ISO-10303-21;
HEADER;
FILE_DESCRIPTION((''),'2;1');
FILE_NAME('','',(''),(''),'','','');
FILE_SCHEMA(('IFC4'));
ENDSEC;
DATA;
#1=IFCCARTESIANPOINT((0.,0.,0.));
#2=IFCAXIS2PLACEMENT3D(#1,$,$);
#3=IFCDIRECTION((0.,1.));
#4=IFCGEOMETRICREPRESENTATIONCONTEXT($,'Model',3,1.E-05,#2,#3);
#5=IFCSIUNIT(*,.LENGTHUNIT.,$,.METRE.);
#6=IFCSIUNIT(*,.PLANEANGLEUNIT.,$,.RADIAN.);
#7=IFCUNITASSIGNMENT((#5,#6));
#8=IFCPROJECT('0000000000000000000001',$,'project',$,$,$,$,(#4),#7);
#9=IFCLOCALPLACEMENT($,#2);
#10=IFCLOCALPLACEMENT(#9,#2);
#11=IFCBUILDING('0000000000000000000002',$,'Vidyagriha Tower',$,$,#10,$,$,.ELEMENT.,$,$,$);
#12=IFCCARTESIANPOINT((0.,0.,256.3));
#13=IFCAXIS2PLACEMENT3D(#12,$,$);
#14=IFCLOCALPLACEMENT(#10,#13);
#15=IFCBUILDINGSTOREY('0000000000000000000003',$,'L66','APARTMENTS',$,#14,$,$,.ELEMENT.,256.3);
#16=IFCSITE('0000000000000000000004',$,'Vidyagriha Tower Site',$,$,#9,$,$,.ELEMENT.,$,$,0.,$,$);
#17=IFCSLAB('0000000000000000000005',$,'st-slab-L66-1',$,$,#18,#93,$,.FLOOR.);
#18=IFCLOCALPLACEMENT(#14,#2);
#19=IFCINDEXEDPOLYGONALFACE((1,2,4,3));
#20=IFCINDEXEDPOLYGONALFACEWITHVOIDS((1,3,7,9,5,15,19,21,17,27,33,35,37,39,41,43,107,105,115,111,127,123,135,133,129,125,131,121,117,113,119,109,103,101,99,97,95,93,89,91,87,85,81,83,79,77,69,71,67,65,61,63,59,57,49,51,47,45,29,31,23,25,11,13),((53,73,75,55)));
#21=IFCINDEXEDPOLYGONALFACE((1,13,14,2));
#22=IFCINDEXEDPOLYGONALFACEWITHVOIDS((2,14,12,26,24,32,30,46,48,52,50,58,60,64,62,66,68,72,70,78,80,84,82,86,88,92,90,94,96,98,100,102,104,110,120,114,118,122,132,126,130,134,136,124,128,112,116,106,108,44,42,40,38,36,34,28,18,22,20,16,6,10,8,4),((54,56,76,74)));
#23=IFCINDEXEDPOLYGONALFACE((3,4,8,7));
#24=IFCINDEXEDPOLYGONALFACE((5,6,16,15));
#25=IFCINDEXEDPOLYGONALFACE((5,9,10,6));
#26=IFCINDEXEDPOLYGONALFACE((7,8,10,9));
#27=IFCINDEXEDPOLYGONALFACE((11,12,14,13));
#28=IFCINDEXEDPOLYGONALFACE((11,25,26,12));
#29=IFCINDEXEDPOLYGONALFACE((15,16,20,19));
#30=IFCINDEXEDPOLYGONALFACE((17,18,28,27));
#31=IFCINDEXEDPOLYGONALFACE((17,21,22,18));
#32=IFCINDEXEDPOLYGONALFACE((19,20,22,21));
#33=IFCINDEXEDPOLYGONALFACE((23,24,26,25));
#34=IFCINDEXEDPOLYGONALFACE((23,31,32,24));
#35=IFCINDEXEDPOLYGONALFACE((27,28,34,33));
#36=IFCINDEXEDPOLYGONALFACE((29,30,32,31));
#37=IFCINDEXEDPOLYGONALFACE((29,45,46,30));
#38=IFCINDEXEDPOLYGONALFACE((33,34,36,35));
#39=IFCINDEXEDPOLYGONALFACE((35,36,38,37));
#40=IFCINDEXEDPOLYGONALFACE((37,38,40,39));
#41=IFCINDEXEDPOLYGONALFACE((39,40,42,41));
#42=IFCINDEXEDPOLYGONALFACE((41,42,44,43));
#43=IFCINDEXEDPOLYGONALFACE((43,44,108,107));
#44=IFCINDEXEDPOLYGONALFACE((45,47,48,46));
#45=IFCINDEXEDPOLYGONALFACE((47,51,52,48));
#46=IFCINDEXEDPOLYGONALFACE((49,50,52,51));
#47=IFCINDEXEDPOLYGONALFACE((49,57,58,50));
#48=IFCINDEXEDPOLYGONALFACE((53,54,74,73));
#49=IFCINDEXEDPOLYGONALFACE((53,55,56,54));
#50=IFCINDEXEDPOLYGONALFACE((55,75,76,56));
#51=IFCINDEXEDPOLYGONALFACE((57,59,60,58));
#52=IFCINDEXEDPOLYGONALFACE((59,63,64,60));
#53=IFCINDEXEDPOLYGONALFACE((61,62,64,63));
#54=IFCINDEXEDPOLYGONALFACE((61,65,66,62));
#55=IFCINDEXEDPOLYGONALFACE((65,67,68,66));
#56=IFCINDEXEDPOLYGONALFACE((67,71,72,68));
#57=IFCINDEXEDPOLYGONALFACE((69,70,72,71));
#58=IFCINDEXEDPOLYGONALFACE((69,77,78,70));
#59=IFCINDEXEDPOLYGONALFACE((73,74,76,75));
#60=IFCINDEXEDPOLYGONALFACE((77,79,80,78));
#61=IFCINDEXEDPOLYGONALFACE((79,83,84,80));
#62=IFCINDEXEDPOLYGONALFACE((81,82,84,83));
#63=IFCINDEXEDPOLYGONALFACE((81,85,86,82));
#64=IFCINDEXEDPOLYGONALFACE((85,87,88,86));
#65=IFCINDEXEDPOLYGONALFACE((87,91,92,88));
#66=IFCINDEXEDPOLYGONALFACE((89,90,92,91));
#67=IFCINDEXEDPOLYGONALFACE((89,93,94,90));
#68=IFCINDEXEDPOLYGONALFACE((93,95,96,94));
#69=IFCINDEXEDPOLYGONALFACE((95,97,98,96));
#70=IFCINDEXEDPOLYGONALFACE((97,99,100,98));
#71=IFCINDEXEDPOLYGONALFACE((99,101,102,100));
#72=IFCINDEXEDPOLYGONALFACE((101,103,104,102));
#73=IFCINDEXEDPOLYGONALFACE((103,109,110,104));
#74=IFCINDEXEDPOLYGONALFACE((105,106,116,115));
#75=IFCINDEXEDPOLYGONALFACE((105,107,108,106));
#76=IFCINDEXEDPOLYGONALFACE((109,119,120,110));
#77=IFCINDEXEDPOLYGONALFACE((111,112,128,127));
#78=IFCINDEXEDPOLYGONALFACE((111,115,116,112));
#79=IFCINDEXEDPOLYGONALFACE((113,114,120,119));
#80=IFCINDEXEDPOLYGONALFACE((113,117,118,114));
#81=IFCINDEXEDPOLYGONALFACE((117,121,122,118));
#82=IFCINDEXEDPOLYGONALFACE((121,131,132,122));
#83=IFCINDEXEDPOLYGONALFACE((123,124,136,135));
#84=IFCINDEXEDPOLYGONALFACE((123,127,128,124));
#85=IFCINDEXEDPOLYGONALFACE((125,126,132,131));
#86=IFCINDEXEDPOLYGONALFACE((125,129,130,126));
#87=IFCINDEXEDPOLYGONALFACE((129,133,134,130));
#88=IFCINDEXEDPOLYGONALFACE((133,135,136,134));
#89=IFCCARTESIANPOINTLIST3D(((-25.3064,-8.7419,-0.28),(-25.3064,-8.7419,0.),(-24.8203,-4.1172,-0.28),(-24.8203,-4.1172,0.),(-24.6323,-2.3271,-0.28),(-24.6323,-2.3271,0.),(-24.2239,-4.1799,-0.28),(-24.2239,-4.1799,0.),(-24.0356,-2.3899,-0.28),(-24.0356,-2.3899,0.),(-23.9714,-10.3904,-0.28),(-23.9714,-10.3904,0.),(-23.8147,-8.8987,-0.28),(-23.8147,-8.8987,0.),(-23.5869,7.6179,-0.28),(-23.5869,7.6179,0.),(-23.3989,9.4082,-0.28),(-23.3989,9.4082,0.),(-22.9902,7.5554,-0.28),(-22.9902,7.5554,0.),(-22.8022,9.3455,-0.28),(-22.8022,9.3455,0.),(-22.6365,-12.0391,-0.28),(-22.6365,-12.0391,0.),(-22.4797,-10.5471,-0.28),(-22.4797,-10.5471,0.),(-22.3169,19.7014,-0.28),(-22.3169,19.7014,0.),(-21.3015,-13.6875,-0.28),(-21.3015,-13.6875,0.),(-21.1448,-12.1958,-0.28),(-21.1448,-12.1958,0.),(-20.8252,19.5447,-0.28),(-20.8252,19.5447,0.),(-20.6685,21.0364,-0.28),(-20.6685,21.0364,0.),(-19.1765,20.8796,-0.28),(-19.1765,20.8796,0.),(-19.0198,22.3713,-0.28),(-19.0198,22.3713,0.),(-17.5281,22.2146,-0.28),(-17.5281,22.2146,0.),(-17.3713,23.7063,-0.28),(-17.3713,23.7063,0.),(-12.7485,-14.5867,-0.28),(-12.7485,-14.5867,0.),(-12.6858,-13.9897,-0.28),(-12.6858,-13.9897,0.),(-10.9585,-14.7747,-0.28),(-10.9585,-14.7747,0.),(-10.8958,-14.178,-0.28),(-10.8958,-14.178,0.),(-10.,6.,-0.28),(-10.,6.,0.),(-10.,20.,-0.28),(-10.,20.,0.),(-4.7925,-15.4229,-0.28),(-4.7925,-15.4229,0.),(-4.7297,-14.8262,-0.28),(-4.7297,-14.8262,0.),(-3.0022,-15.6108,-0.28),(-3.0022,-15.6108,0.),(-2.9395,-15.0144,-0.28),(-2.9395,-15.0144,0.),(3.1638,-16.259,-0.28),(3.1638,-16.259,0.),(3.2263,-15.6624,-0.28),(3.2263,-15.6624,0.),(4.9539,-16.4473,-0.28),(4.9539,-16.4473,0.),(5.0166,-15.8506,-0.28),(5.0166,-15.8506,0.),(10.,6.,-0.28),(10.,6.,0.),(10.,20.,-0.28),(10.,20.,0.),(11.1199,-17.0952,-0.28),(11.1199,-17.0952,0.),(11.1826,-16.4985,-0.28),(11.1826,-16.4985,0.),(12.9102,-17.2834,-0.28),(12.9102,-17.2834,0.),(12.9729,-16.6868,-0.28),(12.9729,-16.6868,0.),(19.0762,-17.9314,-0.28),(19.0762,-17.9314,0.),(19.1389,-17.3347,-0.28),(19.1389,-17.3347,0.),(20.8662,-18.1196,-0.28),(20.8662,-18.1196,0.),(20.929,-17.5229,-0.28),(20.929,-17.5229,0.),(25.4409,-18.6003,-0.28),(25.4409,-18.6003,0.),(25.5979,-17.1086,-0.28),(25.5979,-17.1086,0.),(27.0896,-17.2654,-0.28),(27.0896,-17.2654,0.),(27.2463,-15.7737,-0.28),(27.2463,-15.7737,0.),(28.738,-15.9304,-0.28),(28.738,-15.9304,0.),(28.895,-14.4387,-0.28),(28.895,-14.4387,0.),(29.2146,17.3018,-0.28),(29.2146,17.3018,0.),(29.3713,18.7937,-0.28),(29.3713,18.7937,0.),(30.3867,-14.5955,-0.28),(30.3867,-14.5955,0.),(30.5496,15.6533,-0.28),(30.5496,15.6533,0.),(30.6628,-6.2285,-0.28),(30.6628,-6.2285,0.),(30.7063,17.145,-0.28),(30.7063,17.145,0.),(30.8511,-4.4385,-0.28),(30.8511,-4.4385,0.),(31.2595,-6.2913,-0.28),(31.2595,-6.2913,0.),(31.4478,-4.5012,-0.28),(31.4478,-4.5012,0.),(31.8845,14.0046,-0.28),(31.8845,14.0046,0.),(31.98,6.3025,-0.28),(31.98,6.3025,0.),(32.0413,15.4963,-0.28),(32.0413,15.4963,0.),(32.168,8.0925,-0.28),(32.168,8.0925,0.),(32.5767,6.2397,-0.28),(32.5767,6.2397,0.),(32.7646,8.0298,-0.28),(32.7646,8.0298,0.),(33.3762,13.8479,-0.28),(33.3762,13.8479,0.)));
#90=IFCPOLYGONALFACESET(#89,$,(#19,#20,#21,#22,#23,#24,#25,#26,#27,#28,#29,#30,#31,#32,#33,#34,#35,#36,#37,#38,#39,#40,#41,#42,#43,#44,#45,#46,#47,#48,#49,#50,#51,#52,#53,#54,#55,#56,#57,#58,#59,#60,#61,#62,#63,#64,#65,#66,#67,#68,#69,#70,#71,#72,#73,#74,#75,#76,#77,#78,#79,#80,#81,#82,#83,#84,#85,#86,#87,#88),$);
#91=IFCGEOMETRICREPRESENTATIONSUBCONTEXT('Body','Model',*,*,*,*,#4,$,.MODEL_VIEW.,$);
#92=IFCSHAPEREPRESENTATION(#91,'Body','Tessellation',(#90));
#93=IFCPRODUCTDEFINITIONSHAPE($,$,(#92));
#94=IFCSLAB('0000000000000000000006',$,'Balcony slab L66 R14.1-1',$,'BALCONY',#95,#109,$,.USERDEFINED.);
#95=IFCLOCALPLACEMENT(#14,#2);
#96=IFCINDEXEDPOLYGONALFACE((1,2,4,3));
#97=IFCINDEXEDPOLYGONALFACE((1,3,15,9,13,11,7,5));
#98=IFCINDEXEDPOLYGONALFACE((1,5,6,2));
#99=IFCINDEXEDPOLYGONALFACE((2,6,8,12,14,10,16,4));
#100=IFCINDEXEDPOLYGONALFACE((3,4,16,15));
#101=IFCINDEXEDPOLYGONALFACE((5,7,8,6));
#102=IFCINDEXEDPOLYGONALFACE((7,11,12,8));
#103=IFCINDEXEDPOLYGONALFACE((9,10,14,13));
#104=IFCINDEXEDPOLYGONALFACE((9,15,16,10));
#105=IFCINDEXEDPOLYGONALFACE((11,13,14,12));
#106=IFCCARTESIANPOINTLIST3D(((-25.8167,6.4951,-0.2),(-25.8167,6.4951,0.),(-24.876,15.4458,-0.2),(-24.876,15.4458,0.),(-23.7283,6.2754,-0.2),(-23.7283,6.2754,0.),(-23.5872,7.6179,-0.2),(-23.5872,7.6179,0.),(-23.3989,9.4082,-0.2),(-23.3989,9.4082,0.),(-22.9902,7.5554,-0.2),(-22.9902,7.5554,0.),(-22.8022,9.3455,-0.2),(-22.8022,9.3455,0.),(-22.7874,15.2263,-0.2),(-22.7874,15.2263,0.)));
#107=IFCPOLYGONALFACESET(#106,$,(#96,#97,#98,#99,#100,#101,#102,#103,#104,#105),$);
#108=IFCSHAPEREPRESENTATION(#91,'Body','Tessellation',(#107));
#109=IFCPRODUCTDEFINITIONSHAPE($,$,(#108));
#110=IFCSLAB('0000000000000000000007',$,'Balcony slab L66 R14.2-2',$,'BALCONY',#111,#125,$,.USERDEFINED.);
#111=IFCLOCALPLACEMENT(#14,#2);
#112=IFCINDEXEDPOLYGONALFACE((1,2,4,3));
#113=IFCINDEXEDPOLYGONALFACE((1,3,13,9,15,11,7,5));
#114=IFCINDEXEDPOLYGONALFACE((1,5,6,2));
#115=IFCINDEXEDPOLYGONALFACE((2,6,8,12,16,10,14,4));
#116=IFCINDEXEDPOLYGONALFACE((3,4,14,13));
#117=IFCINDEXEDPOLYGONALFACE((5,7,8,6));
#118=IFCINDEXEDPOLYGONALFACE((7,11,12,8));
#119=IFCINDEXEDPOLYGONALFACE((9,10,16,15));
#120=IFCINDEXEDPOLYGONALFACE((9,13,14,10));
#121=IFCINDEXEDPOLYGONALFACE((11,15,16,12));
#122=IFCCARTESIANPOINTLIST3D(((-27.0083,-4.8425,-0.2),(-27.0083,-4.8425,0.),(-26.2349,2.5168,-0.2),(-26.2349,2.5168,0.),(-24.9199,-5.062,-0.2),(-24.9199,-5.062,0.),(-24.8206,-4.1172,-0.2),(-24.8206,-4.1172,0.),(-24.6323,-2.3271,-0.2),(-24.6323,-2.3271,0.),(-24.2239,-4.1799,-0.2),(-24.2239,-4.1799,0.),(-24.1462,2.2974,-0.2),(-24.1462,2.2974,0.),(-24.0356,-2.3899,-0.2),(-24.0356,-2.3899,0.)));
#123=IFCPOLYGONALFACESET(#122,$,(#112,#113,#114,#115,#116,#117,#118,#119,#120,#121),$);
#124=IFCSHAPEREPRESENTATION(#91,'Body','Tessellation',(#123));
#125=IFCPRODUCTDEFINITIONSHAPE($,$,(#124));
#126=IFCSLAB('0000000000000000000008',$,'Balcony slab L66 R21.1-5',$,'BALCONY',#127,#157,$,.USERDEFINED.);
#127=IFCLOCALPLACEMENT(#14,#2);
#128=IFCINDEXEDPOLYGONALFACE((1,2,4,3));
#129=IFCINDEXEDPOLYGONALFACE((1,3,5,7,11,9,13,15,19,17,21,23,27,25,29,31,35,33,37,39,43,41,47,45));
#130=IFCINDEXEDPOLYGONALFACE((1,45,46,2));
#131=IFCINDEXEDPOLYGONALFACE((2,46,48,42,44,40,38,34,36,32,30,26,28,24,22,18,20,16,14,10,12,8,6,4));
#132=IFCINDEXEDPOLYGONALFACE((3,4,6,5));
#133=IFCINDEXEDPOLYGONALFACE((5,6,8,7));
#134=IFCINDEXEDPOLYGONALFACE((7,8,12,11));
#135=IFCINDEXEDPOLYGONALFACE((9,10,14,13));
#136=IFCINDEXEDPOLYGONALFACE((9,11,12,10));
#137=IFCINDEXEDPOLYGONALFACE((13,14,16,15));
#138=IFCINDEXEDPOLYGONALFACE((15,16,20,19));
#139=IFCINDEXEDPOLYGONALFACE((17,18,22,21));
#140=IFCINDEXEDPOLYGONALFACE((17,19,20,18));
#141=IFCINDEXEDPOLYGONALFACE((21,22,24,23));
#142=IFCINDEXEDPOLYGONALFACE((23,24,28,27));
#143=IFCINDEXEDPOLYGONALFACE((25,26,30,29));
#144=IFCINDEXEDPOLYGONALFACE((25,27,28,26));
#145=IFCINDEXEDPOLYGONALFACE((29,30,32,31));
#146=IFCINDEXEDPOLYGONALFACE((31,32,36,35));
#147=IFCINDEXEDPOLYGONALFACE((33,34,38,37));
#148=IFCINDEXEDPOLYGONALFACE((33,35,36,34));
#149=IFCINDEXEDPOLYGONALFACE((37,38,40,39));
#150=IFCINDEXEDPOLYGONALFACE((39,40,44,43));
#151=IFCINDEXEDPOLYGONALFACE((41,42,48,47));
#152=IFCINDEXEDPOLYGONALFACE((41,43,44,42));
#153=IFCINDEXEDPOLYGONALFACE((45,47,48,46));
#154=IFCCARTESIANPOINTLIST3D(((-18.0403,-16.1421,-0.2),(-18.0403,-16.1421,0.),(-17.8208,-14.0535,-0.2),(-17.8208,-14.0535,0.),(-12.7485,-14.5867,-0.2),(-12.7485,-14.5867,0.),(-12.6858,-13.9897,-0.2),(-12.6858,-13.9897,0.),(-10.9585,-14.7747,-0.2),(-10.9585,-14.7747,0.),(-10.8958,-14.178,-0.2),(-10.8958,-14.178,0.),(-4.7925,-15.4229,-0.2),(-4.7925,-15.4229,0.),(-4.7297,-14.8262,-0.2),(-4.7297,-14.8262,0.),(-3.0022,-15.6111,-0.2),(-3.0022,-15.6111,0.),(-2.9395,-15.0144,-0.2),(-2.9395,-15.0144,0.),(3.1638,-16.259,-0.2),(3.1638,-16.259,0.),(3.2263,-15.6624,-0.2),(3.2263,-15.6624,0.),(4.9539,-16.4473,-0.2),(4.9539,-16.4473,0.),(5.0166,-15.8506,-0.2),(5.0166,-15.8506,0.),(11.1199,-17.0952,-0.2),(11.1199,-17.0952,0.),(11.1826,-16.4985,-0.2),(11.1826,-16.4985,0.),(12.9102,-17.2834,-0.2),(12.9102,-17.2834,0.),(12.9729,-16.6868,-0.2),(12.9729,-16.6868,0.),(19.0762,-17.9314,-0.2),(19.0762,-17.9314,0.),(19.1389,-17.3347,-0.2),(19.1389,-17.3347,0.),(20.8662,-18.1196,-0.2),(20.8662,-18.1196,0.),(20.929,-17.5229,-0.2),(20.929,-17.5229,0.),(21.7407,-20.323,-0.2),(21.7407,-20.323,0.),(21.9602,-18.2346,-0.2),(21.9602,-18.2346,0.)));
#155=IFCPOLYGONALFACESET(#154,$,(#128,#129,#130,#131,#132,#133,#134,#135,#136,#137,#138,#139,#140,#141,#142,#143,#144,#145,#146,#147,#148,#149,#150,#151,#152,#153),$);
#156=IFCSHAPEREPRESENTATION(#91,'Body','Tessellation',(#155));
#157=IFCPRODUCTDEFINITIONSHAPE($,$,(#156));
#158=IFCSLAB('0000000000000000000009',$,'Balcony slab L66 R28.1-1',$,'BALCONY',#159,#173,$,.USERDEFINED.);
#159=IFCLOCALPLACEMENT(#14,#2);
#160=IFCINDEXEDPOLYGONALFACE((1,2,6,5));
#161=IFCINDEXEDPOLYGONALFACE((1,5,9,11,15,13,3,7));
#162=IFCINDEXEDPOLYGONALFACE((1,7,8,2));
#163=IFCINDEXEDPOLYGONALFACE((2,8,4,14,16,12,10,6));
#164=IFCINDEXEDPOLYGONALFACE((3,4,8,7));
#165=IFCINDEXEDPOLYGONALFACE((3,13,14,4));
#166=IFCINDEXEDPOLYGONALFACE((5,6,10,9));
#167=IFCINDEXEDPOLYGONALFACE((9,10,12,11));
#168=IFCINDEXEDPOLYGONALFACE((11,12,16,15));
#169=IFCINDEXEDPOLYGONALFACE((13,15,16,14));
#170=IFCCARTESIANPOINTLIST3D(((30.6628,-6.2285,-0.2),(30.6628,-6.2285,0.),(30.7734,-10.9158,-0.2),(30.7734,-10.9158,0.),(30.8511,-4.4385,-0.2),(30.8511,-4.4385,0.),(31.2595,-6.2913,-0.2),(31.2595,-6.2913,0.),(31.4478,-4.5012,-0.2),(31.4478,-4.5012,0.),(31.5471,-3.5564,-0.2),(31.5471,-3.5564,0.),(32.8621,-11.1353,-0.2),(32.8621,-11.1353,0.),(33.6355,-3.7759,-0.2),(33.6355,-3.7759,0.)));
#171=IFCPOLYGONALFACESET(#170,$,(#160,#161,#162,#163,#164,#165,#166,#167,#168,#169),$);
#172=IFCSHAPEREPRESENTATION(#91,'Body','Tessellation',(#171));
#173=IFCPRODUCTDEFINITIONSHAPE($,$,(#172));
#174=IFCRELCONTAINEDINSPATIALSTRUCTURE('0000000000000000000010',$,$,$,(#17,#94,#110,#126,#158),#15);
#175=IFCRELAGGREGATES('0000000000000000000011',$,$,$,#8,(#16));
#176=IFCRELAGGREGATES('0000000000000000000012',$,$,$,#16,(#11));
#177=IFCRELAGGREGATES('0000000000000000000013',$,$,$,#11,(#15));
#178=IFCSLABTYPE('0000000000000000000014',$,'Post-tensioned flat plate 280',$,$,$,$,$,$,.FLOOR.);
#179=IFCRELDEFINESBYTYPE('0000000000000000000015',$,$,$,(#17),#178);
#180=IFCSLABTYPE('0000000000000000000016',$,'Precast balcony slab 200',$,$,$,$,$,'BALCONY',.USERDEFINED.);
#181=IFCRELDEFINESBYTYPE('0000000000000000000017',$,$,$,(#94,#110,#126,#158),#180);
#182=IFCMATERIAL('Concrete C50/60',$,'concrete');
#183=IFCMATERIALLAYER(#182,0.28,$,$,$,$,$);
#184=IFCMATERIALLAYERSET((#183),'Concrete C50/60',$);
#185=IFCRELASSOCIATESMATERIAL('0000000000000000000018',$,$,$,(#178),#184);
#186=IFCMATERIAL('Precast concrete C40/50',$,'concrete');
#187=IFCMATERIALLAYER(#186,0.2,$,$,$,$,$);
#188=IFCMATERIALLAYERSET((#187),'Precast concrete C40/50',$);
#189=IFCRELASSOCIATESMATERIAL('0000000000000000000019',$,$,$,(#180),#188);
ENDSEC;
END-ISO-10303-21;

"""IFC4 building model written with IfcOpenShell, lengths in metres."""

from ifc_helpers import new_model, si_unit, direction, frame, origin, place, context, subcontext, project, spatial, polyline, outline, extrude, material, layer, layer_set, type_object, element, save


model = new_model("IFC4")

# Units and contexts
model_context = context("Model", 3, precision=1e-05, world=origin(), true_north=direction((0.0, 1.0)))
body_context = subcontext(model_context, "Body", "Model", "MODEL_VIEW")
ifc_project = project(units=[si_unit("LENGTHUNIT", "METRE"), si_unit("PLANEANGLEUNIT", "RADIAN")], contexts=[model_context])

# Site, building, storey
site_placement = place(None, origin())
site = spatial("IfcSite", under=ifc_project, at=site_placement, Name="Vidyagriha Tower Site", CompositionType="ELEMENT", RefElevation=0.0)
building_placement = place(site_placement, origin())
building = spatial("IfcBuilding", under=site, at=building_placement, Name="Vidyagriha Tower", CompositionType="ELEMENT")
storey_placement = place(building_placement, frame((0.0, 0.0, 256.3)))
storey = spatial("IfcBuildingStorey", under=building, at=storey_placement, Name="L66", Description="APARTMENTS", CompositionType="ELEMENT", Elevation=256.3)

# Slabs
ifc_material_1 = material(Name="Concrete C50/60", Category="concrete")
ifc_layer_1 = layer(ifc_material_1, 0.28)
ifc_layer_set_1 = layer_set([ifc_layer_1], Name="Concrete C50/60")
slab_type_1 = type_object("IfcSlabType", Name="Post-tensioned flat plate 280", PredefinedType="FLOOR", material=ifc_layer_set_1)
slab_1_placement = place(storey_placement, frame((0.0, 0.0, -0.28)))
element("IfcSlab", 1, at=slab_1_placement, inside=storey, type_object=slab_type_1, Name="st-slab-L66-1", PredefinedType="FLOOR", context=body_context, shape_type="SweptSolid", body=[
    extrude(outline(polyline([(28.738, -15.9304), (27.2463, -15.7737), (27.0896, -17.2654), (25.5979, -17.1086), (25.4409, -18.6003), (20.8662, -18.1196), (20.929, -17.5229), (19.1389, -17.3347), (19.0762, -17.9314), (12.9102, -17.2834), (12.9729, -16.6868), (11.1826, -16.4985), (11.1199, -17.0952), (4.9539, -16.4473), (5.0166, -15.8506), (3.2263, -15.6624), (3.1638, -16.259), (-3.0022, -15.6108), (-2.9395, -15.0144), (-4.7297, -14.8262), (-4.7925, -15.4229), (-10.9585, -14.7747), (-10.8958, -14.178), (-12.6858, -13.9897), (-12.7485, -14.5867), (-21.3015, -13.6875), (-21.1448, -12.1958), (-22.6365, -12.0391), (-22.4797, -10.5471), (-23.9714, -10.3904), (-23.8147, -8.8987), (-25.3064, -8.7419), (-24.8203, -4.1172), (-24.2239, -4.1799), (-24.0356, -2.3899), (-24.6323, -2.3271), (-23.5869, 7.6179), (-22.9902, 7.5554), (-22.8022, 9.3455), (-23.3989, 9.4082), (-22.3169, 19.7014), (-20.8252, 19.5447), (-20.6685, 21.0364), (-19.1765, 20.8796), (-19.0198, 22.3713), (-17.5281, 22.2146), (-17.3713, 23.7063), (29.3713, 18.7937), (29.2146, 17.3018), (30.7063, 17.145), (30.5496, 15.6533), (32.0413, 15.4963), (31.8845, 14.0046), (33.3762, 13.8479), (32.7646, 8.0298), (32.168, 8.0925), (31.98, 6.3025), (32.5767, 6.2397), (31.4478, -4.5012), (30.8511, -4.4385), (30.6628, -6.2285), (31.2595, -6.2913), (30.3867, -14.5955), (28.895, -14.4387), (28.738, -15.9304)]), holes=[polyline([(-10.0, 20.0), (-10.0, 6.0), (10.0, 6.0), (10.0, 20.0), (-10.0, 20.0)])]), origin(), (0.0, 0.0, 1.0), 0.28),
])
ifc_material_2 = material(Name="Precast concrete C40/50", Category="concrete")
ifc_layer_2 = layer(ifc_material_2, 0.2)
ifc_layer_set_2 = layer_set([ifc_layer_2], Name="Precast concrete C40/50")
slab_type_2 = type_object("IfcSlabType", Name="Precast balcony slab 200", ElementType="BALCONY", PredefinedType="USERDEFINED", material=ifc_layer_set_2)
slab_2_placement = place(storey_placement, frame((0.0, 0.0, -0.2)))
element("IfcSlab", 2, at=slab_2_placement, inside=storey, type_object=slab_type_2, Name="Balcony slab L66 R14.1-1", ObjectType="BALCONY", PredefinedType="USERDEFINED", context=body_context, shape_type="SweptSolid", body=[
    extrude(outline(polyline([(-22.9902, 7.5554), (-22.8022, 9.3455), (-23.3989, 9.4082), (-22.7874, 15.2263), (-24.876, 15.4458), (-25.8167, 6.4951), (-23.7283, 6.2754), (-23.5872, 7.6179), (-22.9902, 7.5554)])), origin(), (0.0, 0.0, 1.0), 0.2),
])
slab_3_placement = place(storey_placement, frame((0.0, 0.0, -0.2)))
element("IfcSlab", 3, at=slab_3_placement, inside=storey, type_object=slab_type_2, Name="Balcony slab L66 R14.2-2", ObjectType="BALCONY", PredefinedType="USERDEFINED", context=body_context, shape_type="SweptSolid", body=[
    extrude(outline(polyline([(-24.2239, -4.1799), (-24.0356, -2.3899), (-24.6323, -2.3271), (-24.1462, 2.2974), (-26.2349, 2.5168), (-27.0083, -4.8425), (-24.9199, -5.062), (-24.8206, -4.1172), (-24.2239, -4.1799)])), origin(), (0.0, 0.0, 1.0), 0.2),
])
slab_4_placement = place(storey_placement, frame((0.0, 0.0, -0.2)))
element("IfcSlab", 4, at=slab_4_placement, inside=storey, type_object=slab_type_2, Name="Balcony slab L66 R21.1-5", ObjectType="BALCONY", PredefinedType="USERDEFINED", context=body_context, shape_type="SweptSolid", body=[
    extrude(outline(polyline([(20.8662, -18.1196), (20.929, -17.5229), (19.1389, -17.3347), (19.0762, -17.9314), (12.9102, -17.2834), (12.9729, -16.6868), (11.1826, -16.4985), (11.1199, -17.0952), (4.9539, -16.4473), (5.0166, -15.8506), (3.2263, -15.6624), (3.1638, -16.259), (-3.0022, -15.6111), (-2.9395, -15.0144), (-4.7297, -14.8262), (-4.7925, -15.4229), (-10.9585, -14.7747), (-10.8958, -14.178), (-12.6858, -13.9897), (-12.7485, -14.5867), (-17.8208, -14.0535), (-18.0403, -16.1421), (21.7407, -20.323), (21.9602, -18.2346), (20.8662, -18.1196)])), origin(), (0.0, 0.0, 1.0), 0.2),
])
slab_5_placement = place(storey_placement, frame((0.0, 0.0, -0.2)))
element("IfcSlab", 5, at=slab_5_placement, inside=storey, type_object=slab_type_2, Name="Balcony slab L66 R28.1-1", ObjectType="BALCONY", PredefinedType="USERDEFINED", context=body_context, shape_type="SweptSolid", body=[
    extrude(outline(polyline([(31.2595, -6.2913), (30.7734, -10.9158), (32.8621, -11.1353), (33.6355, -3.7759), (31.5471, -3.5564), (31.4478, -4.5012), (30.8511, -4.4385), (30.6628, -6.2285), (31.2595, -6.2913)])), origin(), (0.0, 0.0, 1.0), 0.2),
])

save(model, "model.ifc")
